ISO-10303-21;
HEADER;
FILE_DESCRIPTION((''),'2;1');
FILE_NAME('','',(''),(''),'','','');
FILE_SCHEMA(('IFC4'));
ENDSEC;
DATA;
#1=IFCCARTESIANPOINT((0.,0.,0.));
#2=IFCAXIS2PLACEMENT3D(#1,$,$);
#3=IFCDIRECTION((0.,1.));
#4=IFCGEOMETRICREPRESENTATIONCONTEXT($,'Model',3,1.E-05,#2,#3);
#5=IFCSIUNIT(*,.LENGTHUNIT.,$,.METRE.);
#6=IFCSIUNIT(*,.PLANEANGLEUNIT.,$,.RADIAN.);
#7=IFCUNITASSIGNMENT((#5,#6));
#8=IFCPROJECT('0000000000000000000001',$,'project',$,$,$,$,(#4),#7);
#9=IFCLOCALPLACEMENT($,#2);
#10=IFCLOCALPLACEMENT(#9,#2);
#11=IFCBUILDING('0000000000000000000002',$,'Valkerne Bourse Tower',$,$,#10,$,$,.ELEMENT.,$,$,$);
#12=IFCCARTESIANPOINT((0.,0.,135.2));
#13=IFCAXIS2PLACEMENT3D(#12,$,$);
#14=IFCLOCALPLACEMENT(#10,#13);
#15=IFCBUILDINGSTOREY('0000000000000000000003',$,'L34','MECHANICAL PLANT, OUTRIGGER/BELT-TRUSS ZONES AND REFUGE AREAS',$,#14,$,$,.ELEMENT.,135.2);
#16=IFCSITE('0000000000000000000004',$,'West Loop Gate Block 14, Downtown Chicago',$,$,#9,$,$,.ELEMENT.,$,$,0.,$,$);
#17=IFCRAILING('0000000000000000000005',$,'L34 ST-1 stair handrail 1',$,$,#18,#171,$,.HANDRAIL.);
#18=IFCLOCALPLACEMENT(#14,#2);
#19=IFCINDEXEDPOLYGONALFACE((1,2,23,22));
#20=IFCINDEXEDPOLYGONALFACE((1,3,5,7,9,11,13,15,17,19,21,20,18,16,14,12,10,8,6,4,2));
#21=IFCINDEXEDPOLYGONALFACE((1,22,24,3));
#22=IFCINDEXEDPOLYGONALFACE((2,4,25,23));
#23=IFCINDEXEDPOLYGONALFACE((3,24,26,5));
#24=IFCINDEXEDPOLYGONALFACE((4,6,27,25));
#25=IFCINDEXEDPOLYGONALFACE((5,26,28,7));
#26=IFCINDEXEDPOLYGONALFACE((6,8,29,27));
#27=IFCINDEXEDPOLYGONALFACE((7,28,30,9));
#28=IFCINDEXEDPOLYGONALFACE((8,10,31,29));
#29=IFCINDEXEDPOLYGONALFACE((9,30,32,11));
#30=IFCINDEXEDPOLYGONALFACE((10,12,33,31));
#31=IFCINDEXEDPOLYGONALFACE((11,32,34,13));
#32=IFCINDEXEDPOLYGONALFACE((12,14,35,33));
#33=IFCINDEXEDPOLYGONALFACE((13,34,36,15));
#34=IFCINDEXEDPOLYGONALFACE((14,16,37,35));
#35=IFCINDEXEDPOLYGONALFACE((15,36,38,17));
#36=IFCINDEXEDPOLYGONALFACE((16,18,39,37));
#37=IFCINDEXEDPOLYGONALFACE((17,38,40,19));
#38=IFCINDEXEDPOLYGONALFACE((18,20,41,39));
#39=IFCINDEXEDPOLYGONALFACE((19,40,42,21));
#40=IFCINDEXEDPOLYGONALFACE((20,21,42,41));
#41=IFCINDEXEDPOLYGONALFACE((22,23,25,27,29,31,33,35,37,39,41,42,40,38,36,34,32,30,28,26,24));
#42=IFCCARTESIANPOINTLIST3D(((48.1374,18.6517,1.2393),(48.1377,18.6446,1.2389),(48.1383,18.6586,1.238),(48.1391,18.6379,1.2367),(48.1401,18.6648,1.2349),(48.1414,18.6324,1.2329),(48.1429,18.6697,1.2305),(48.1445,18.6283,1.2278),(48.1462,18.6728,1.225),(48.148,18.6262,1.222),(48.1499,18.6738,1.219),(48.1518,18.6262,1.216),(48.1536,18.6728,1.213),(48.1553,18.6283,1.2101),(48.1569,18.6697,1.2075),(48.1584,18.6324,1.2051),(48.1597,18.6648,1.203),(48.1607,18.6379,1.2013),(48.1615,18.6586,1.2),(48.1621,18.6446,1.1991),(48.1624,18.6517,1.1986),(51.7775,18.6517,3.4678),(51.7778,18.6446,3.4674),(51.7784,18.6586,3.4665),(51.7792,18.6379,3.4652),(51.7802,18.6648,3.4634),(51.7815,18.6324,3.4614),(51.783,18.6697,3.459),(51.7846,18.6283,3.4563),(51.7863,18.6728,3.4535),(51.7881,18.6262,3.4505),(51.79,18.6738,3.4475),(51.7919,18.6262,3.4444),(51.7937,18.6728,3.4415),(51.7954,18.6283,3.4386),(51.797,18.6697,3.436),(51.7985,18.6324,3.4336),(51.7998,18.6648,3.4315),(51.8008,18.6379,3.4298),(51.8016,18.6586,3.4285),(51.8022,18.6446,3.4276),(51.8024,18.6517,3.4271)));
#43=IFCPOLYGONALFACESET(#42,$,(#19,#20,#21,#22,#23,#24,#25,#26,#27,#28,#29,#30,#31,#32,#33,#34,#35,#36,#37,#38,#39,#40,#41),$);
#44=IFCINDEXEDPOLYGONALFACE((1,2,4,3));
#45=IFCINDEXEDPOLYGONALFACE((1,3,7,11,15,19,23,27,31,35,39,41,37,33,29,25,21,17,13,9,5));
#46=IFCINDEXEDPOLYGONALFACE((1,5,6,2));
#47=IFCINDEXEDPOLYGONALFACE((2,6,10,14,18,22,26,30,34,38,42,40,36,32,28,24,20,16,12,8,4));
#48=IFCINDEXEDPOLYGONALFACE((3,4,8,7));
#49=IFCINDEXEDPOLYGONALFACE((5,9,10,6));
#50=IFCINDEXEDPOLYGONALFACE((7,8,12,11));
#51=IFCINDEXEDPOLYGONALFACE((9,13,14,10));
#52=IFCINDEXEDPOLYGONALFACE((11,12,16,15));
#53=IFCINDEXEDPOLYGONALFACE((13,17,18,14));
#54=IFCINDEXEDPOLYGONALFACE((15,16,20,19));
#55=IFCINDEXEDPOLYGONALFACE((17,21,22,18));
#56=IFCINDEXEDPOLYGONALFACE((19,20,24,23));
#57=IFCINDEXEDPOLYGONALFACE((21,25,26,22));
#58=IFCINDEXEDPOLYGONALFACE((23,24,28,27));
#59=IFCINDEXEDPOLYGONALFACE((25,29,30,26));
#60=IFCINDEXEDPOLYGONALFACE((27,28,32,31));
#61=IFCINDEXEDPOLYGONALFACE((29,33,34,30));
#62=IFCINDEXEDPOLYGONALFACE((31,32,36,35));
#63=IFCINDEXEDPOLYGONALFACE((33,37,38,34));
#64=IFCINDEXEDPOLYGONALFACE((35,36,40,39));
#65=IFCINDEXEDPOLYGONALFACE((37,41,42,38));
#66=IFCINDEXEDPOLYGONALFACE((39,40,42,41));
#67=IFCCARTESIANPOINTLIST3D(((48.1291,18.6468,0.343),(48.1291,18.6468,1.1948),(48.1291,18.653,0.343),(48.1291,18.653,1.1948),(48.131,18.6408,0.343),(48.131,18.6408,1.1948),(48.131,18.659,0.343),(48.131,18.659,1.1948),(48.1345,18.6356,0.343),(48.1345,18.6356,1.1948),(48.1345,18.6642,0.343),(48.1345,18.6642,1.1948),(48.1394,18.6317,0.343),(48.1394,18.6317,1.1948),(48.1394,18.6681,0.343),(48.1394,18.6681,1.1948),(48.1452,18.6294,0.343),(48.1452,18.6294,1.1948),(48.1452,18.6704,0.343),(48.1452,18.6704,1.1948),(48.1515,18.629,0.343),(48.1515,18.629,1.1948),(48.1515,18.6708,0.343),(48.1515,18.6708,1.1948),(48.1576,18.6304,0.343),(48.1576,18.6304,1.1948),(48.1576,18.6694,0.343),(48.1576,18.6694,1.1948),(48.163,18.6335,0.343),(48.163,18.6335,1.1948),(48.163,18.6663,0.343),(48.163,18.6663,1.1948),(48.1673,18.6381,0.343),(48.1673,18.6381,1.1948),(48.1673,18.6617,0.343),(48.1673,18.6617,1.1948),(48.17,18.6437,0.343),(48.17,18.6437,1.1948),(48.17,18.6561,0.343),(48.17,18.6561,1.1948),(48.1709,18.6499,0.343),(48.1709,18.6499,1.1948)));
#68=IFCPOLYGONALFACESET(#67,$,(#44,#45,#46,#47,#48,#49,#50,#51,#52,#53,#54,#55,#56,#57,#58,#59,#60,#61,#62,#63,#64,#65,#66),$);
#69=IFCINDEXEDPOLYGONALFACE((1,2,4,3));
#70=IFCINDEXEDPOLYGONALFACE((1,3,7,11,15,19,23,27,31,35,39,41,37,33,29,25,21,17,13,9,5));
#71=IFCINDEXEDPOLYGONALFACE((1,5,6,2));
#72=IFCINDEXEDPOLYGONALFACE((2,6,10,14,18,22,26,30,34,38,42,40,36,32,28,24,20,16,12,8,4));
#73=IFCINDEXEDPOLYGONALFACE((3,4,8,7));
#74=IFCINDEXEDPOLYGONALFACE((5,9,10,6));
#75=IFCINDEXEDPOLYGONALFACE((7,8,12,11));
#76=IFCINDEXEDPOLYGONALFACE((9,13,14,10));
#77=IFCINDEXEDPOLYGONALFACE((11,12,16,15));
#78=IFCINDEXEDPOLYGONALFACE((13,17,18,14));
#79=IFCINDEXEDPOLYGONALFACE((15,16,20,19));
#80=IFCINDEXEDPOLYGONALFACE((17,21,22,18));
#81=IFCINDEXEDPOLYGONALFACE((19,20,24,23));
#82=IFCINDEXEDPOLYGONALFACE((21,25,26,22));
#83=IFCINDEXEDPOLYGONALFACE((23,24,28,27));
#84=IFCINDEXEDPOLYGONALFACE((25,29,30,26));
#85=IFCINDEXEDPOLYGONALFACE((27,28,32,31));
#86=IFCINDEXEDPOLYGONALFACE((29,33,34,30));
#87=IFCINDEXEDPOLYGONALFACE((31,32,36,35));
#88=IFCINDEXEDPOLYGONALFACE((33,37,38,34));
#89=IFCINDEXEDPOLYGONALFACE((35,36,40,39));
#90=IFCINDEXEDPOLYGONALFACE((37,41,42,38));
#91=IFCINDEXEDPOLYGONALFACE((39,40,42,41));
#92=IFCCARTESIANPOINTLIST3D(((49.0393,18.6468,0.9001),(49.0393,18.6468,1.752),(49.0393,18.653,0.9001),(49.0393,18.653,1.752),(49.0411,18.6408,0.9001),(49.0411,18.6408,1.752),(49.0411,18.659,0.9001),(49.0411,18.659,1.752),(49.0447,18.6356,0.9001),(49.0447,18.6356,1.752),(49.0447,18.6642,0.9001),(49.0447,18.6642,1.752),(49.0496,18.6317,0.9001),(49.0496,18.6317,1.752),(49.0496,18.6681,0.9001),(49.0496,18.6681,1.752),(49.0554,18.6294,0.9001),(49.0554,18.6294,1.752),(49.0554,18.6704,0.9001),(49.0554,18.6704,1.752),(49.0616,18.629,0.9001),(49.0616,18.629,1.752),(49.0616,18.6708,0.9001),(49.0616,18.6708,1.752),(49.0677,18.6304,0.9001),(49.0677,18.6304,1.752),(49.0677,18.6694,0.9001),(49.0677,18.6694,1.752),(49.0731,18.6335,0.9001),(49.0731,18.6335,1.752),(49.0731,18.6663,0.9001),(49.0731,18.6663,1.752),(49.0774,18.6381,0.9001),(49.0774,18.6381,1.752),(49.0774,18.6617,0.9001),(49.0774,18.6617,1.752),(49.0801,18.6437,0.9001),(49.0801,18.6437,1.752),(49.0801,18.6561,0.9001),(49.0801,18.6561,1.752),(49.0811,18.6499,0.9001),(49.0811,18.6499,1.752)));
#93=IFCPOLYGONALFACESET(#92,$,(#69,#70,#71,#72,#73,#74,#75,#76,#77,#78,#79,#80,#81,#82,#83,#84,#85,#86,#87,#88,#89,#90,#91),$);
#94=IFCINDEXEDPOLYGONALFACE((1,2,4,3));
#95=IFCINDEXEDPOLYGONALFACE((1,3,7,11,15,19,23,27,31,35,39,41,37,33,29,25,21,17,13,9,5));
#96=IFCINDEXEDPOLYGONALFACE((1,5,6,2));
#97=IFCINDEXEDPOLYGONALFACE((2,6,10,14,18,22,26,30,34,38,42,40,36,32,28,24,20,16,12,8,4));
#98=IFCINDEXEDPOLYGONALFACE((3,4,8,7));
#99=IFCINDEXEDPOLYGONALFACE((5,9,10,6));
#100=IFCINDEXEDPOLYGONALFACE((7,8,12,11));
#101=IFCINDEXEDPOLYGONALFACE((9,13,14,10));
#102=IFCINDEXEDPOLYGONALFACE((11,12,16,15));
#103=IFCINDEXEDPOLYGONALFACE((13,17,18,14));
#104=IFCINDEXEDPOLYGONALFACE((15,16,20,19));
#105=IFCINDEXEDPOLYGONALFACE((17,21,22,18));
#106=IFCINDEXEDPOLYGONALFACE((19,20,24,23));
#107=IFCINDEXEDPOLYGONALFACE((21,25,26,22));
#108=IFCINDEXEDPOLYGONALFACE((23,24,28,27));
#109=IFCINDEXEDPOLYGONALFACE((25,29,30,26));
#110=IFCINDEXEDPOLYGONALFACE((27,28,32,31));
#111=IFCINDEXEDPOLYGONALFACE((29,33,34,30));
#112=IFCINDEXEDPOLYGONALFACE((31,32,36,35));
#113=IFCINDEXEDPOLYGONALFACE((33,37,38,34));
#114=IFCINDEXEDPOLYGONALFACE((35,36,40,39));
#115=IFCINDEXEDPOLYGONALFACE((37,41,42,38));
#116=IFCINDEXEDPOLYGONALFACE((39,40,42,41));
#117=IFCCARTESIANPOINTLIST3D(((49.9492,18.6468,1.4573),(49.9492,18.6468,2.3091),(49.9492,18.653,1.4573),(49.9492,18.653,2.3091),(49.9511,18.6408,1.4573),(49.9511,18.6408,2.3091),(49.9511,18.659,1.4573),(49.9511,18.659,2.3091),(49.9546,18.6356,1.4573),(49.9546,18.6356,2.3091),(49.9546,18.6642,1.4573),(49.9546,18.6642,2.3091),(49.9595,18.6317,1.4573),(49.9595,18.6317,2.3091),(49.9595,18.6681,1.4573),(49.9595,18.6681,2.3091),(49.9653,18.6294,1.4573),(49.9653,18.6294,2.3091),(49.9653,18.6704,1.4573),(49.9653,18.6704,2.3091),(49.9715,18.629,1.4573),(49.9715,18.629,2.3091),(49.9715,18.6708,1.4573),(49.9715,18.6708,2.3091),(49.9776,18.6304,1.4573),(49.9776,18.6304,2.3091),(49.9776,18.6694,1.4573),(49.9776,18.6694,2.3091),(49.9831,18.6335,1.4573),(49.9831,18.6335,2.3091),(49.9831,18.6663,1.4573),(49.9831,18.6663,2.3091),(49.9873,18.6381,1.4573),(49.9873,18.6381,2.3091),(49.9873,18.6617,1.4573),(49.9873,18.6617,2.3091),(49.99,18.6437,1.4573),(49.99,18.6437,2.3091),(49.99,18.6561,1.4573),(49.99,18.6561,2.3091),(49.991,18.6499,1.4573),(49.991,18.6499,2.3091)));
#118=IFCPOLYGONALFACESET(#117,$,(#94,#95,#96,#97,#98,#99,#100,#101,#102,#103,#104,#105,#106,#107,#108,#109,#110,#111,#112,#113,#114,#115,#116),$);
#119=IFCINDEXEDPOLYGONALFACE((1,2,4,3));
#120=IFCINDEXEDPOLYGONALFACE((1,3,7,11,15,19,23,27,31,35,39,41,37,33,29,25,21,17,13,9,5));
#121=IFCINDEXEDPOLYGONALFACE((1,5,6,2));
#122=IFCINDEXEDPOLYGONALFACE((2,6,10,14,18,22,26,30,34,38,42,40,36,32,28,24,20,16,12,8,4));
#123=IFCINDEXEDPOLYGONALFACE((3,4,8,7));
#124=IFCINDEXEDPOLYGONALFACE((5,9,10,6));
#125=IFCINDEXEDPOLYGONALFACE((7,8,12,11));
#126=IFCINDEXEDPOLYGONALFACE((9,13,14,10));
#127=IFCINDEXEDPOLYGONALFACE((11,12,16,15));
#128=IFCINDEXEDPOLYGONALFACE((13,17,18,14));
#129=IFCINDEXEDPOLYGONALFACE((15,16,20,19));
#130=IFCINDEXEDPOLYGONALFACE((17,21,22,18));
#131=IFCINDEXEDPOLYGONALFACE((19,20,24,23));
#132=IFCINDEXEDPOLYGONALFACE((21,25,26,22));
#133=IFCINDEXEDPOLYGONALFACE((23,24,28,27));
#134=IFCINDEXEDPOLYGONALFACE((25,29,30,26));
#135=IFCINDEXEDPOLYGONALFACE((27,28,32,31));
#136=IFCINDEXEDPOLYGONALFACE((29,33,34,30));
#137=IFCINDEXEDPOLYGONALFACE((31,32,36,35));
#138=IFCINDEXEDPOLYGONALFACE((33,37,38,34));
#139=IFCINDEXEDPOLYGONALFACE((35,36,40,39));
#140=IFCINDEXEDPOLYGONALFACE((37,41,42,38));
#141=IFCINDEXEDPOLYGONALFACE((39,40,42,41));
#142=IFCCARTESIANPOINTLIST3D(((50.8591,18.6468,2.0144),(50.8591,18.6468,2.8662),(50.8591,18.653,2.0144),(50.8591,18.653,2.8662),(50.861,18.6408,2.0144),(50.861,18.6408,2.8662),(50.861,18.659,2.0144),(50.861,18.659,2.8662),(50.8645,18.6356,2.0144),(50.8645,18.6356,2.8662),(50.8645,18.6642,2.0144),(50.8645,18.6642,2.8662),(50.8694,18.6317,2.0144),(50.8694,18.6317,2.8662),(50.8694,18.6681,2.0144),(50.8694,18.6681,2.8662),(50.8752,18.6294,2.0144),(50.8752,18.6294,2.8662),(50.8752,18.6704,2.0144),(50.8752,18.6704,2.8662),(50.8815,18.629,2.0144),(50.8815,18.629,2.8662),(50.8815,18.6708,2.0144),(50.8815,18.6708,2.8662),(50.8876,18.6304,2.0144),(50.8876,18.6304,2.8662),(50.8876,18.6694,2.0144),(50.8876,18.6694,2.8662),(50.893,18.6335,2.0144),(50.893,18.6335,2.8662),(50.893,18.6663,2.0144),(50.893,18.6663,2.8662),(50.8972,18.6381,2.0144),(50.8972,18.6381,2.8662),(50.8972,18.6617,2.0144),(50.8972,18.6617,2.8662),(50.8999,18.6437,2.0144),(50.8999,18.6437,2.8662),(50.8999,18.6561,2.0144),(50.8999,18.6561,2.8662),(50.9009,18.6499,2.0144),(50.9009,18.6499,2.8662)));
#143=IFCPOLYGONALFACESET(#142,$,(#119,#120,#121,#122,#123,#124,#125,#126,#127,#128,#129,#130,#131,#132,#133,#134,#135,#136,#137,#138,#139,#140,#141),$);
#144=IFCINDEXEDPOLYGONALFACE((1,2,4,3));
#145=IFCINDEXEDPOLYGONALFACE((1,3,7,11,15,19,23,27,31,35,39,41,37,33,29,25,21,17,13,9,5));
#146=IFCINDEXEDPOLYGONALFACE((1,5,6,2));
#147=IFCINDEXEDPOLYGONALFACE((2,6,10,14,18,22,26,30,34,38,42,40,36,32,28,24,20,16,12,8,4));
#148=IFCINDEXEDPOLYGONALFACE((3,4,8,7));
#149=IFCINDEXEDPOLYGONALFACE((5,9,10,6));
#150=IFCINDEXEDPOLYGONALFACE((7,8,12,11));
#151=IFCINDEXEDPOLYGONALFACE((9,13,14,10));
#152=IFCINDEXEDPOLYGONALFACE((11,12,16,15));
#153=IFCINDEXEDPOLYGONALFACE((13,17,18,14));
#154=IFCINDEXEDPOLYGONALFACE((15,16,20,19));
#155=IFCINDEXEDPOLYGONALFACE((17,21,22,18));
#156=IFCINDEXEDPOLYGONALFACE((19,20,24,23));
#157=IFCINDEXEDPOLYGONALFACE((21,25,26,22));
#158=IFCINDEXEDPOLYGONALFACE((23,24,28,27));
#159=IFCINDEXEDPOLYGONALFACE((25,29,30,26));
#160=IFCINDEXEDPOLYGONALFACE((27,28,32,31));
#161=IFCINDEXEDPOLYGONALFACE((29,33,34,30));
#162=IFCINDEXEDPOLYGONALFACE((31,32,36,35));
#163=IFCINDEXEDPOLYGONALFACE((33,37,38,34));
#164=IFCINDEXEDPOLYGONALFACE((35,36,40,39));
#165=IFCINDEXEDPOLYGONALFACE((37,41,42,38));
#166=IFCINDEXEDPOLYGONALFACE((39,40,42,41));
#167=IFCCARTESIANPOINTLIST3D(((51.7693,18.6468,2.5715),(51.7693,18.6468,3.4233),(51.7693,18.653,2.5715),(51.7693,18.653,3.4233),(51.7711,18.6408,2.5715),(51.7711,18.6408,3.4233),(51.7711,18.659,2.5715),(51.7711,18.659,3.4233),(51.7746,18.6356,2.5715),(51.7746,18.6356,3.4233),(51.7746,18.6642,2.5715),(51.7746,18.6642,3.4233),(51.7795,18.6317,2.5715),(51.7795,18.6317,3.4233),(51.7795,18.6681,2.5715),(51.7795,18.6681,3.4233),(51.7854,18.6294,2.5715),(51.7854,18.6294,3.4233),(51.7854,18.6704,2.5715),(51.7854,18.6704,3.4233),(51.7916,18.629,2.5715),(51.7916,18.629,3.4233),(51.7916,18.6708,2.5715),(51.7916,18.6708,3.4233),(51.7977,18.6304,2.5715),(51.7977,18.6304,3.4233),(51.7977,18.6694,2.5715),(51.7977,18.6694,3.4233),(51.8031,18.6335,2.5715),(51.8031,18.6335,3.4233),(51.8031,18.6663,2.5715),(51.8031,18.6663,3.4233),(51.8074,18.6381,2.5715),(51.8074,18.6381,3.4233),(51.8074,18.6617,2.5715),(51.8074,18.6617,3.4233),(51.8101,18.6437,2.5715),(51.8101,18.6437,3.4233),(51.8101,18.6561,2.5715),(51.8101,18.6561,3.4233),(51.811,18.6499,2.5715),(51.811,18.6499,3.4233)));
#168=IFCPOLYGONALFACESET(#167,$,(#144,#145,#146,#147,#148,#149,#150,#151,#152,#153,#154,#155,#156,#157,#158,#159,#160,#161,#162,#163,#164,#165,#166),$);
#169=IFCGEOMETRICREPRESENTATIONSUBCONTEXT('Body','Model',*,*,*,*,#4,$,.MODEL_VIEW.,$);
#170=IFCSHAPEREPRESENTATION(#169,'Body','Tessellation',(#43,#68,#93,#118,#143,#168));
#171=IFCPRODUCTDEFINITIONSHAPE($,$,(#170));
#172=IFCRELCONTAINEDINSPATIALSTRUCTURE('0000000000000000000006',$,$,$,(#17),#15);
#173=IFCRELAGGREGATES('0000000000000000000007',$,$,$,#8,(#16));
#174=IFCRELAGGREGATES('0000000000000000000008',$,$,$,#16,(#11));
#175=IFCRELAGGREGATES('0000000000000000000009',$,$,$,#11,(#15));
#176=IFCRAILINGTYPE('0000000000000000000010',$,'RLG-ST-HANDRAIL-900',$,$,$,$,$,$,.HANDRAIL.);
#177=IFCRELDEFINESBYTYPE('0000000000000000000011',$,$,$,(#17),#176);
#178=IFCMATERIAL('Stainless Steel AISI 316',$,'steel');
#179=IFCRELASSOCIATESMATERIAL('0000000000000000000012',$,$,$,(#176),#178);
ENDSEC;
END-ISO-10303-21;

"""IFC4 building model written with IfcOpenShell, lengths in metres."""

from ifc_helpers import new_model, si_unit, direction, frame, origin, origin_2d, place, context, subcontext, project, spatial, circle, extrude, material, type_object, element, save


model = new_model("IFC4")

# Units and contexts
model_context = context("Model", 3, precision=1e-05, world=origin(), true_north=direction((0.0, 1.0)))
body_context = subcontext(model_context, "Body", "Model", "MODEL_VIEW")
ifc_project = project(units=[si_unit("LENGTHUNIT", "METRE"), si_unit("PLANEANGLEUNIT", "RADIAN")], contexts=[model_context])

# Site, building, storey
site_placement = place(None, origin())
site = spatial("IfcSite", under=ifc_project, at=site_placement, Name="West Loop Gate Block 14, Downtown Chicago", CompositionType="ELEMENT", RefElevation=0.0)
building_placement = place(site_placement, origin())
building = spatial("IfcBuilding", under=site, at=building_placement, Name="Valkerne Bourse Tower", CompositionType="ELEMENT")
storey_placement = place(building_placement, frame((0.0, 0.0, 135.2)))
storey = spatial("IfcBuildingStorey", under=building, at=storey_placement, Name="L34", Description="MECHANICAL PLANT, OUTRIGGER/BELT-TRUSS ZONES AND REFUGE AREAS", CompositionType="ELEMENT", Elevation=135.2)

# Railing
ifc_material_1 = material(Name="Stainless Steel AISI 316", Category="steel")
railing_type_1 = type_object("IfcRailingType", Name="RLG-ST-HANDRAIL-900", PredefinedType="HANDRAIL", material=ifc_material_1)
railing_1_placement = place(storey_placement, frame((48.1499, 18.6499, 0.343)))
element("IfcRailing", 1, at=railing_1_placement, inside=storey, type_object=railing_type_1, Name="L34 ST-1 stair handrail 1", PredefinedType="HANDRAIL", context=body_context, shape_type="SweptSolid", body=[
    extrude(circle(Radius=0.0239, at=origin_2d()), frame((0.0, 0.0, 0.876), z_axis=(0.852866, 0.0, 0.52213), x_axis=(0.0, 1.0, 0.0)), (0.0, 0.0, 1.0), 4.2681),
    extrude(circle(Radius=0.021, at=origin_2d()), origin(), (0.0, 0.0, 1.0), 0.8518),
    extrude(circle(Radius=0.021, at=origin_2d()), frame((0.9102, 0.0, 0.5571)), (0.0, 0.0, 1.0), 0.8518),
    extrude(circle(Radius=0.021, at=origin_2d()), frame((1.8201, 0.0, 1.1143)), (0.0, 0.0, 1.0), 0.8518),
    extrude(circle(Radius=0.021, at=origin_2d()), frame((2.73, 0.0, 1.6714)), (0.0, 0.0, 1.0), 0.8518),
    extrude(circle(Radius=0.021, at=origin_2d()), frame((3.6401, 0.0, 2.2285)), (0.0, 0.0, 1.0), 0.8518),
])

save(model, "model.ifc")
